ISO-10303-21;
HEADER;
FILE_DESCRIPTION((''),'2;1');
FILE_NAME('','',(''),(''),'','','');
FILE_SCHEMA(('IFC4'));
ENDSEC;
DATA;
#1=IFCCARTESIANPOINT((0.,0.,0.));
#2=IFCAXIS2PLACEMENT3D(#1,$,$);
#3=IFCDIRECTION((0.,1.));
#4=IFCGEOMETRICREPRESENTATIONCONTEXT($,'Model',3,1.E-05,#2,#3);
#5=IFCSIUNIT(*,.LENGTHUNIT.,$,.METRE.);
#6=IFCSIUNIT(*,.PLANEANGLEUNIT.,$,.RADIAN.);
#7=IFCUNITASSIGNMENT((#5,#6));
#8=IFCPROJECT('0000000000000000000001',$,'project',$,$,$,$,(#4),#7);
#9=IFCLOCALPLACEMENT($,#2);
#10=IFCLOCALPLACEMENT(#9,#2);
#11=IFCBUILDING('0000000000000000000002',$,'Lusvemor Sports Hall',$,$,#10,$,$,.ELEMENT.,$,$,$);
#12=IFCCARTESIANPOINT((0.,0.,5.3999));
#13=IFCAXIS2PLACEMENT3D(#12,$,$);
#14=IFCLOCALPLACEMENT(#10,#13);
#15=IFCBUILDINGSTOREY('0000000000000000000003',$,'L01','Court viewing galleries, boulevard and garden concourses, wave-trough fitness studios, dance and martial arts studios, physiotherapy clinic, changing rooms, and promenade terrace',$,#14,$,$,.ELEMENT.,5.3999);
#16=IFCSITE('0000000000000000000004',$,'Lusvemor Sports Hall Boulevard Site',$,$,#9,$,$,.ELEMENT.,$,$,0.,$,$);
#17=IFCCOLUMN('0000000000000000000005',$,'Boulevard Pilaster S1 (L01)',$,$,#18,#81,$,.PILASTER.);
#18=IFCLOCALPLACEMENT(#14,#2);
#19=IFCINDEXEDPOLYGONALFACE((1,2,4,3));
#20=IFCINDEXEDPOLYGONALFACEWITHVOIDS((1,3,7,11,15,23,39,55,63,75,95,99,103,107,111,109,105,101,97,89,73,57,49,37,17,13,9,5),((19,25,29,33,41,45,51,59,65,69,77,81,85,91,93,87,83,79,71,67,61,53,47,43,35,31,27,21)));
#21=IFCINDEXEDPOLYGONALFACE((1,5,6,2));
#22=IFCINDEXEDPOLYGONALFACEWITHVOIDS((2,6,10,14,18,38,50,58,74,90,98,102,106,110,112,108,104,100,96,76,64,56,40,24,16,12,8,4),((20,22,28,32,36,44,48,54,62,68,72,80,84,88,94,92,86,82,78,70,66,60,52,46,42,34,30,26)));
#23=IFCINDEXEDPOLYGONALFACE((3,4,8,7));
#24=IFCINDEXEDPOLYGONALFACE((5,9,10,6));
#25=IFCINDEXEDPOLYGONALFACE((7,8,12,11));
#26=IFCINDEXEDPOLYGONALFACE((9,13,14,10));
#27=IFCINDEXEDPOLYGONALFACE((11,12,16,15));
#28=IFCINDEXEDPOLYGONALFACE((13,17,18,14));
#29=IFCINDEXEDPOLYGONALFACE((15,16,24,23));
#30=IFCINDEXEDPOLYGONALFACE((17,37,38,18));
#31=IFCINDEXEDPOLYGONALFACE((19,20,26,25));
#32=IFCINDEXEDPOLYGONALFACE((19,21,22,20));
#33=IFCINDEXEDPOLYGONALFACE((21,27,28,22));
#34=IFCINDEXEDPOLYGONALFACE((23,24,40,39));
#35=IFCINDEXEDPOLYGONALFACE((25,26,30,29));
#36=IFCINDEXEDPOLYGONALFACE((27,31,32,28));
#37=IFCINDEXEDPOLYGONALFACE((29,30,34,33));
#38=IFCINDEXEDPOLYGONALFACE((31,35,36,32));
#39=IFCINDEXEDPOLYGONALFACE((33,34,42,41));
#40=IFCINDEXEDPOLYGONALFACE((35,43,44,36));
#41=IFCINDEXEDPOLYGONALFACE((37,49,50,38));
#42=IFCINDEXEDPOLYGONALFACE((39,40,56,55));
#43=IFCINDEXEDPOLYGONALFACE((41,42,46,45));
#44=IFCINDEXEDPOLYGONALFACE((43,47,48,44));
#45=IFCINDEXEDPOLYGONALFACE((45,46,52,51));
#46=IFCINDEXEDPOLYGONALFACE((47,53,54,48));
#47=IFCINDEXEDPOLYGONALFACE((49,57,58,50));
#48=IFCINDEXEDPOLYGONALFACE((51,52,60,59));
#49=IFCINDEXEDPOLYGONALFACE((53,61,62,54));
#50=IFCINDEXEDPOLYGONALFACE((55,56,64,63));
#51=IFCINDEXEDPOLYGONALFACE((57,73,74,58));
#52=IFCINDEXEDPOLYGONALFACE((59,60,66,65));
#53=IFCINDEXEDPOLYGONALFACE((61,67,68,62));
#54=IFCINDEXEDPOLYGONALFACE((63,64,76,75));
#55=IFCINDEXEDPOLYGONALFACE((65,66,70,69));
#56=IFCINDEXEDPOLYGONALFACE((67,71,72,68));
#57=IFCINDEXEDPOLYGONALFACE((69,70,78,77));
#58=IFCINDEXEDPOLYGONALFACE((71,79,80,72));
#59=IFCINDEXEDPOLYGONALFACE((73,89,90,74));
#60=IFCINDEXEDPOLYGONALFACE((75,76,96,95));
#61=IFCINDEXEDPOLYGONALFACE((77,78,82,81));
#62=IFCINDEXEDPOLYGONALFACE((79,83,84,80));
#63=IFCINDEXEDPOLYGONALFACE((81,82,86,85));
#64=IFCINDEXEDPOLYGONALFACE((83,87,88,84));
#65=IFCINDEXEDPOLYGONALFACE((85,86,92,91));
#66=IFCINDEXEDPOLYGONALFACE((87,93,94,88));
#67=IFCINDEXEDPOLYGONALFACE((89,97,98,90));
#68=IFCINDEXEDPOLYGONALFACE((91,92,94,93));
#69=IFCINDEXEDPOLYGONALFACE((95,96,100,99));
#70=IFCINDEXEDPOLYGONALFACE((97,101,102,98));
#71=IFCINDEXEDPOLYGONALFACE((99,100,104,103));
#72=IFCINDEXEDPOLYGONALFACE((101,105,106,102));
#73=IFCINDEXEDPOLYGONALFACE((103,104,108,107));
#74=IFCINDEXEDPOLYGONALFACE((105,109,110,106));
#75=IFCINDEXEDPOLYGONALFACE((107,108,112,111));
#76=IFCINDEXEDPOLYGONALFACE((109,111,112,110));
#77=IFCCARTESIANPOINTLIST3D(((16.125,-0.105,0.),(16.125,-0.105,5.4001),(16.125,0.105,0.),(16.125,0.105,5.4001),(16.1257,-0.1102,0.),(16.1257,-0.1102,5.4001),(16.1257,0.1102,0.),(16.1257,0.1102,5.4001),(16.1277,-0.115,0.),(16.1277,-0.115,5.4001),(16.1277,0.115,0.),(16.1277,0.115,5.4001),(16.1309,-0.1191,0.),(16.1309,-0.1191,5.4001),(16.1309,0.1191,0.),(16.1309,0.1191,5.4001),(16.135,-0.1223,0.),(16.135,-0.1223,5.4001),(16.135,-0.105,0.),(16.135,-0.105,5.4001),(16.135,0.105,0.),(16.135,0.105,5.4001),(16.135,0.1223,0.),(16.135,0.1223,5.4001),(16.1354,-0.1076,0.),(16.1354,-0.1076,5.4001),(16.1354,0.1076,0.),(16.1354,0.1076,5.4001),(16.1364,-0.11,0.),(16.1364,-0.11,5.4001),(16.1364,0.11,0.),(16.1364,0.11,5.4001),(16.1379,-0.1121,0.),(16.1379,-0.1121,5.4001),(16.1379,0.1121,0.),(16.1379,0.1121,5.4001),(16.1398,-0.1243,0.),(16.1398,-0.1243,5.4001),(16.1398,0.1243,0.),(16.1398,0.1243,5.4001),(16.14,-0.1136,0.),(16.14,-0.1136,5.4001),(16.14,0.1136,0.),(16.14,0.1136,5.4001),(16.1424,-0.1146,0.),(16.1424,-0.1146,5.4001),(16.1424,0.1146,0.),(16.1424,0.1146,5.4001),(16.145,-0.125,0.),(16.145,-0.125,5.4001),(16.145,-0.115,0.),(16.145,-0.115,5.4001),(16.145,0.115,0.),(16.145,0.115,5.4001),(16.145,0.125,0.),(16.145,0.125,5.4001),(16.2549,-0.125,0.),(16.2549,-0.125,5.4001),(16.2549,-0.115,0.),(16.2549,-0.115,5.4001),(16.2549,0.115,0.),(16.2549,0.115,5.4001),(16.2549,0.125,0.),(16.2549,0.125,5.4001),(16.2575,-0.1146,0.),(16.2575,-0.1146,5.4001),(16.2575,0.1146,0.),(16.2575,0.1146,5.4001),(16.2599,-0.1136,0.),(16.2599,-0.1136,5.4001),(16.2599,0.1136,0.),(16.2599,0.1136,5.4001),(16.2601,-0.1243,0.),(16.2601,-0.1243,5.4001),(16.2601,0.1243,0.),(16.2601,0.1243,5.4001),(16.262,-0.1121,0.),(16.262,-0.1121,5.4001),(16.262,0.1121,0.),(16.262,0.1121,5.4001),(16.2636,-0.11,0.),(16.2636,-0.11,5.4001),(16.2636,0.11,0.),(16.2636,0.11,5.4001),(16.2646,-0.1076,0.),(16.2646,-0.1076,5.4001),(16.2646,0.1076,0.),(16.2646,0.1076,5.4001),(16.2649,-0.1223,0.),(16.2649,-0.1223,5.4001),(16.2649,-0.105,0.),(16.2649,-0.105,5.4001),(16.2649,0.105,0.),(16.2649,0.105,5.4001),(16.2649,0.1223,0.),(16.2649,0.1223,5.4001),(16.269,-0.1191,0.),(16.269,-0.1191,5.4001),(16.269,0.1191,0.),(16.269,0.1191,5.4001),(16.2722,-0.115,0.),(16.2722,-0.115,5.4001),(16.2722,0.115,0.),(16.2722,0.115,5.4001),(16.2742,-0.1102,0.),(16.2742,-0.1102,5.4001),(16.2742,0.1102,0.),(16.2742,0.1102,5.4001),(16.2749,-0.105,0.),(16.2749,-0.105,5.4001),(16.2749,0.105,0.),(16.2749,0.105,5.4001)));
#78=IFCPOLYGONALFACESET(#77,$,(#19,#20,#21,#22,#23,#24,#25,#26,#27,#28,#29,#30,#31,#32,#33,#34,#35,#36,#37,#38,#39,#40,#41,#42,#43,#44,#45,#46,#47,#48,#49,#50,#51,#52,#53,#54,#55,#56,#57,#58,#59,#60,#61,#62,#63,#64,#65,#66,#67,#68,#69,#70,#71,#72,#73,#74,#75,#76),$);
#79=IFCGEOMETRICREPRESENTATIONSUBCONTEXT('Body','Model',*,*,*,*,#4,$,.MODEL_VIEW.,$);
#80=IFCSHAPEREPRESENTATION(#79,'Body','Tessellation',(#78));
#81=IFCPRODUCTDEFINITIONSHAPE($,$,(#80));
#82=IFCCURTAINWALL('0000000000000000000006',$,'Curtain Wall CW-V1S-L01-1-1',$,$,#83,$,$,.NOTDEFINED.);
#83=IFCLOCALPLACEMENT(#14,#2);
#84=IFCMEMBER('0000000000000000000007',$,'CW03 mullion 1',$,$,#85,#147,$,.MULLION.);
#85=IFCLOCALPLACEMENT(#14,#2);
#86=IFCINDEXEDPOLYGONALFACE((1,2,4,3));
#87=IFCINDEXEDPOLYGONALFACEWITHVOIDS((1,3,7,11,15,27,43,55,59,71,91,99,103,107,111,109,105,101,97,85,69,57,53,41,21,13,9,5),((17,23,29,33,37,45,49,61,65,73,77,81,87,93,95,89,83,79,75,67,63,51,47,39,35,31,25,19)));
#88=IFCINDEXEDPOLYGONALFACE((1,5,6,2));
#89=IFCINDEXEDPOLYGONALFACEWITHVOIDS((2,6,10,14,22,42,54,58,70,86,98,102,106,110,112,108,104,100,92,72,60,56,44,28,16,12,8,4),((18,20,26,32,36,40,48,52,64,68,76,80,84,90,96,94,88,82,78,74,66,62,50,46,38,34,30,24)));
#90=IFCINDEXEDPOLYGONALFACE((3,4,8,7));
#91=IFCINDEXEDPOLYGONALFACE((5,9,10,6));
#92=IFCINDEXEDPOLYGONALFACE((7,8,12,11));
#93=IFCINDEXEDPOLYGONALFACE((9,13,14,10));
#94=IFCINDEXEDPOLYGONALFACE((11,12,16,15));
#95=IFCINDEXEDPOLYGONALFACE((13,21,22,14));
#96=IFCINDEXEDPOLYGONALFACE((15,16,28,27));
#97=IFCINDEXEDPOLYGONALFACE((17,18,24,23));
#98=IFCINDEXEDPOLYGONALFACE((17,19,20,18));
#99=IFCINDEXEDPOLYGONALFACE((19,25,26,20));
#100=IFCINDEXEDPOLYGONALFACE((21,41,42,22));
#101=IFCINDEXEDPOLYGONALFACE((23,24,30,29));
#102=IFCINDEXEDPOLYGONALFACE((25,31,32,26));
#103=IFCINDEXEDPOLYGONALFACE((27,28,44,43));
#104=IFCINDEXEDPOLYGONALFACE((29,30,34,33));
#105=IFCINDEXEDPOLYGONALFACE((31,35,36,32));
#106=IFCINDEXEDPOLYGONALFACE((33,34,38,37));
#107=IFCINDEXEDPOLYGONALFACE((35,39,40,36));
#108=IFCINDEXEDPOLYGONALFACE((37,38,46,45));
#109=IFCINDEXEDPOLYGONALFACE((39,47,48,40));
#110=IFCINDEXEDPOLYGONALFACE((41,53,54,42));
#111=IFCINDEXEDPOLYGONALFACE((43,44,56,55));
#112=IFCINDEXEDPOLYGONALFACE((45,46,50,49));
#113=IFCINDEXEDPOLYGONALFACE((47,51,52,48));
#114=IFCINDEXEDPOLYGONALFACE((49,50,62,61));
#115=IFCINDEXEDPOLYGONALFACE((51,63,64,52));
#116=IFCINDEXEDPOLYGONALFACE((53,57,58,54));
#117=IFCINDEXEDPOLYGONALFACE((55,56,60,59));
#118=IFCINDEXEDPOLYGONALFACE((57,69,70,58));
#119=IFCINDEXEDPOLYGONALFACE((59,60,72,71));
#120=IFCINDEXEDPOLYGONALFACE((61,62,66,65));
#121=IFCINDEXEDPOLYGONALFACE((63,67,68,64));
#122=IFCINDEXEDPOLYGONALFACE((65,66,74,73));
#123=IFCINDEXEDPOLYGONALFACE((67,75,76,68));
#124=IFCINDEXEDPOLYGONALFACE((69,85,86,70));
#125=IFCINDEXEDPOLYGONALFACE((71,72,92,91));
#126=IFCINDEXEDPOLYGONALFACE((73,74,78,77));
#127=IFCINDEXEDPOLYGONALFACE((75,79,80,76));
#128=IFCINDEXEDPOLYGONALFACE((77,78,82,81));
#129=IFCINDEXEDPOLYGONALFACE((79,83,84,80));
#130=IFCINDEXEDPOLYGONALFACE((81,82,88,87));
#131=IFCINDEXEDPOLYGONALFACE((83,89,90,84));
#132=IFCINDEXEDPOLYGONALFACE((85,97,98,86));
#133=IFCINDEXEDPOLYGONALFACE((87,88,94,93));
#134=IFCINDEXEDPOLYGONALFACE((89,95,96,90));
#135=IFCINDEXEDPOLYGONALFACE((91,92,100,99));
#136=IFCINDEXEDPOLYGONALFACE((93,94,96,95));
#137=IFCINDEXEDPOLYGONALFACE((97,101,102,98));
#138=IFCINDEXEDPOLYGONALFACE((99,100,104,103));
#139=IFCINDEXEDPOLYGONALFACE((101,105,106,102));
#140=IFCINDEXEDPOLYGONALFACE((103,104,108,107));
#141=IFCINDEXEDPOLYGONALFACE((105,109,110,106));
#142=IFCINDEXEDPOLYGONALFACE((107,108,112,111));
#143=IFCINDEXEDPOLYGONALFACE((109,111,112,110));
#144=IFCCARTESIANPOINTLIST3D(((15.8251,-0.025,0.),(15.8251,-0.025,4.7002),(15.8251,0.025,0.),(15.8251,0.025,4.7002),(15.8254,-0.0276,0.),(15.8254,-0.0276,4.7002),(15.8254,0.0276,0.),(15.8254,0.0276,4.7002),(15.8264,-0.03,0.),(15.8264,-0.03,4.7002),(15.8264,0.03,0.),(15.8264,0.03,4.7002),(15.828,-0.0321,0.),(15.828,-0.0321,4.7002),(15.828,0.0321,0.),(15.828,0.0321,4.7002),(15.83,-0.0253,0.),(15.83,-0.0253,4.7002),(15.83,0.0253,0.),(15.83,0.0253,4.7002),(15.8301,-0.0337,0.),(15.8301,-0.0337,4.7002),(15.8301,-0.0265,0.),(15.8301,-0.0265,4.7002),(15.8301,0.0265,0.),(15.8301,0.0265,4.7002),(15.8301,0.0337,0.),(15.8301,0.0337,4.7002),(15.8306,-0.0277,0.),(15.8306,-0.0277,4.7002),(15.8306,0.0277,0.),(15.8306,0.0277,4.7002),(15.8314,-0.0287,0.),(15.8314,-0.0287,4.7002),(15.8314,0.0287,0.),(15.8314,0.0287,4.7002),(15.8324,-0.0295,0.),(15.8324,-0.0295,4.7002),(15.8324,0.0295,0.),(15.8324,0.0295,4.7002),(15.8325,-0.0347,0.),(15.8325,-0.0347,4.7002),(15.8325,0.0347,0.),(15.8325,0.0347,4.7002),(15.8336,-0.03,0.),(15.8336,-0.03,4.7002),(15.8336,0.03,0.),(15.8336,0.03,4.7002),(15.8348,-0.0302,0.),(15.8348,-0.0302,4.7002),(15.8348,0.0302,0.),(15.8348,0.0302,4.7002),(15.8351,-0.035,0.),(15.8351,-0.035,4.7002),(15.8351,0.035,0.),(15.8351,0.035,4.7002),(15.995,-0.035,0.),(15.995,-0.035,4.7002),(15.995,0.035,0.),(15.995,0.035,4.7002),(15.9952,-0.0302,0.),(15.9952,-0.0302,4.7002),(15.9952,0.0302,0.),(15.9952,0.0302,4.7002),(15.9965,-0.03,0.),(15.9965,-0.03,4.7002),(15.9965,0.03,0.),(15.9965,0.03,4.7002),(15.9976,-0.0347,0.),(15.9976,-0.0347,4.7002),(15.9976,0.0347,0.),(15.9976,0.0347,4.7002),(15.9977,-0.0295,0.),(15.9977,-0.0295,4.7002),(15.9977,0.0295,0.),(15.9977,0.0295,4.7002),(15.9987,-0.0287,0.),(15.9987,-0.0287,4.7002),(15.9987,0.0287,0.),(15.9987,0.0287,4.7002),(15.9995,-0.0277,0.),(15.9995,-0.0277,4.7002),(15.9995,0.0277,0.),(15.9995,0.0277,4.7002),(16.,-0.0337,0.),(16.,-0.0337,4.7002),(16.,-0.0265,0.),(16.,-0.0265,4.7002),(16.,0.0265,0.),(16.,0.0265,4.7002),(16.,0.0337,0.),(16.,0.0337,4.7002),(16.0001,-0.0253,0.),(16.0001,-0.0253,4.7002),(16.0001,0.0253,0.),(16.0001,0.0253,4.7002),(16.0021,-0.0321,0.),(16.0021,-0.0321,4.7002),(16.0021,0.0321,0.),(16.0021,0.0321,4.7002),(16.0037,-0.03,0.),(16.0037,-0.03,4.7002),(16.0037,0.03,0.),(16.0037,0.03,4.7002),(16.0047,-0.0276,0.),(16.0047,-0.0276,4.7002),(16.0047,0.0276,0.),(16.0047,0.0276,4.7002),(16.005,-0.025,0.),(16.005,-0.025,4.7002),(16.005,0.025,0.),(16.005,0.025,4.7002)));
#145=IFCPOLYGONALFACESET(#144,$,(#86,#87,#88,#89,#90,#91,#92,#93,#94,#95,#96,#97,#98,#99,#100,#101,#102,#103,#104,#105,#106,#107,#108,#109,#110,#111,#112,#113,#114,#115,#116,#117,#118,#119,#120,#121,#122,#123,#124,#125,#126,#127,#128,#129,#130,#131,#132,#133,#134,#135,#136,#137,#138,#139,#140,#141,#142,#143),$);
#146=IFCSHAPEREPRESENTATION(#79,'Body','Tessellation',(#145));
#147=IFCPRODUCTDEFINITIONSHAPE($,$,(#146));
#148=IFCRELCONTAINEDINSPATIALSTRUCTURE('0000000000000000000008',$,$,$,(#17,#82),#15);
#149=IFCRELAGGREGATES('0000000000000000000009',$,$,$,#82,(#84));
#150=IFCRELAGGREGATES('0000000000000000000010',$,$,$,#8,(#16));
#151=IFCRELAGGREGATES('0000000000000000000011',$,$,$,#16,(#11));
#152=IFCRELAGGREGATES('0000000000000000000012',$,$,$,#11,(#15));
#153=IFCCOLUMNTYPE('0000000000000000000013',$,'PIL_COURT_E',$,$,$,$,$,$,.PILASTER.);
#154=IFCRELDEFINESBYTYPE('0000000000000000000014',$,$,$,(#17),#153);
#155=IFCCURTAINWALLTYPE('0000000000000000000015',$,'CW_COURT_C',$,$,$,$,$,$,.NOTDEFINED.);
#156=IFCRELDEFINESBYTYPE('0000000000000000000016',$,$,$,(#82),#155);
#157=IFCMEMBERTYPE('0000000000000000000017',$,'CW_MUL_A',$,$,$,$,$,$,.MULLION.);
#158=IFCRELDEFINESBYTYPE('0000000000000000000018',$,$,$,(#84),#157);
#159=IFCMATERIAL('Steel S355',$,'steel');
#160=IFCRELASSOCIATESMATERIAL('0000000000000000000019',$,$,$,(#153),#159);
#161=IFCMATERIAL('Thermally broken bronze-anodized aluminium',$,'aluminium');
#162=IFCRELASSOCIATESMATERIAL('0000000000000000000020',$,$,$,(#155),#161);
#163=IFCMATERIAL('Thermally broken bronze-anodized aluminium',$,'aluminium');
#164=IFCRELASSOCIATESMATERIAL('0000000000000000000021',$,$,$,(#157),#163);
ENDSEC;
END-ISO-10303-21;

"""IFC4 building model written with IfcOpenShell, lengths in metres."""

from ifc_helpers import new_model, si_unit, direction, frame, origin, origin_2d, place, context, subcontext, project, spatial, hollow_rectangle, extrude, material, material_profile, profile_set, type_object, element, aggregate, save


model = new_model("IFC4")

# Units and contexts
model_context = context("Model", 3, precision=1e-05, world=origin(), true_north=direction((0.0, 1.0)))
body_context = subcontext(model_context, "Body", "Model", "MODEL_VIEW")
ifc_project = project(units=[si_unit("LENGTHUNIT", "METRE"), si_unit("PLANEANGLEUNIT", "RADIAN")], contexts=[model_context])

# Site, building, storey
site_placement = place(None, origin())
site = spatial("IfcSite", under=ifc_project, at=site_placement, Name="Lusvemor Sports Hall Boulevard Site", CompositionType="ELEMENT", RefElevation=0.0)
building_placement = place(site_placement, origin())
building = spatial("IfcBuilding", under=site, at=building_placement, Name="Lusvemor Sports Hall", CompositionType="ELEMENT")
storey_placement = place(building_placement, frame((0.0, 0.0, 5.3999)))
storey = spatial("IfcBuildingStorey", under=building, at=storey_placement, Name="L01", Description="Court viewing galleries, boulevard and garden concourses, wave-trough fitness studios, dance and martial arts studios, physiotherapy clinic, changing rooms, and promenade terrace", CompositionType="ELEMENT", Elevation=5.3999)

# Column
ifc_material_1 = material(Name="Steel S355", Category="steel")
ifc_material_profile_1 = material_profile(ifc_material_1, hollow_rectangle(XDim=0.1499, YDim=0.25, WallThickness=0.01, InnerFilletRadius=0.01, OuterFilletRadius=0.02, at=origin_2d()), Name="RHS250x150x10")
ifc_profile_set_1 = profile_set([ifc_material_profile_1], Name="Steel S355")
column_type = type_object("IfcColumnType", Name="PIL_COURT_E", PredefinedType="PILASTER", material=ifc_profile_set_1)
column_placement = place(storey_placement, frame((16.2, 0.0, 0.0), z_axis=(0.0, 0.0, 1.0), x_axis=(1.0, 0.0, 0.0)))
element("IfcColumn", 1, at=column_placement, inside=storey, type_object=column_type, Name="Boulevard Pilaster S1 (L01)", PredefinedType="PILASTER", context=body_context, shape_type="SweptSolid", body=[
    extrude(hollow_rectangle(XDim=0.1499, YDim=0.25, WallThickness=0.01, InnerFilletRadius=0.01, OuterFilletRadius=0.02, at=origin_2d()), origin(), (0.0, 0.0, 1.0), 5.4001),
])

# Curtain wall, member
ifc_material_2 = material(Name="Thermally broken bronze-anodized aluminium", Category="aluminium")
curtain_wall_type = type_object("IfcCurtainWallType", Name="CW_COURT_C", PredefinedType="NOTDEFINED", material=ifc_material_2)
curtain_wall_placement = place(storey_placement, origin())
curtain_wall = element("IfcCurtainWall", 2, at=curtain_wall_placement, inside=storey, type_object=curtain_wall_type, Name="Curtain Wall CW-V1S-L01-1-1", PredefinedType="NOTDEFINED")
ifc_material_3 = material(Name="Thermally broken bronze-anodized aluminium", Category="aluminium")
ifc_material_profile_2 = material_profile(ifc_material_3, hollow_rectangle(XDim=0.0701, YDim=0.1799, WallThickness=0.0049, InnerFilletRadius=0.0049, OuterFilletRadius=0.01, at=origin_2d()), Name="CWMUL180x70x5")
ifc_profile_set_2 = profile_set([ifc_material_profile_2], Name="Thermally broken bronze-anodized aluminium")
member_type_1 = type_object("IfcMemberType", Name="CW_MUL_A", PredefinedType="MULLION", material=ifc_profile_set_2)
member_1_placement = place(storey_placement, frame((15.915, 0.0, 0.0), z_axis=(0.0, 0.0, 1.0), x_axis=(0.0, -1.0, 0.0)))
member_1 = element("IfcMember", 3, at=member_1_placement, type_object=member_type_1, Name="CW03 mullion 1", PredefinedType="MULLION", context=body_context, shape_type="SweptSolid", body=[
    extrude(hollow_rectangle(XDim=0.0701, YDim=0.1799, WallThickness=0.0049, InnerFilletRadius=0.0049, OuterFilletRadius=0.01, at=origin_2d()), origin(), (0.0, 0.0, 1.0), 4.7002),
])

aggregate(curtain_wall, [member_1])

save(model, "model.ifc")
